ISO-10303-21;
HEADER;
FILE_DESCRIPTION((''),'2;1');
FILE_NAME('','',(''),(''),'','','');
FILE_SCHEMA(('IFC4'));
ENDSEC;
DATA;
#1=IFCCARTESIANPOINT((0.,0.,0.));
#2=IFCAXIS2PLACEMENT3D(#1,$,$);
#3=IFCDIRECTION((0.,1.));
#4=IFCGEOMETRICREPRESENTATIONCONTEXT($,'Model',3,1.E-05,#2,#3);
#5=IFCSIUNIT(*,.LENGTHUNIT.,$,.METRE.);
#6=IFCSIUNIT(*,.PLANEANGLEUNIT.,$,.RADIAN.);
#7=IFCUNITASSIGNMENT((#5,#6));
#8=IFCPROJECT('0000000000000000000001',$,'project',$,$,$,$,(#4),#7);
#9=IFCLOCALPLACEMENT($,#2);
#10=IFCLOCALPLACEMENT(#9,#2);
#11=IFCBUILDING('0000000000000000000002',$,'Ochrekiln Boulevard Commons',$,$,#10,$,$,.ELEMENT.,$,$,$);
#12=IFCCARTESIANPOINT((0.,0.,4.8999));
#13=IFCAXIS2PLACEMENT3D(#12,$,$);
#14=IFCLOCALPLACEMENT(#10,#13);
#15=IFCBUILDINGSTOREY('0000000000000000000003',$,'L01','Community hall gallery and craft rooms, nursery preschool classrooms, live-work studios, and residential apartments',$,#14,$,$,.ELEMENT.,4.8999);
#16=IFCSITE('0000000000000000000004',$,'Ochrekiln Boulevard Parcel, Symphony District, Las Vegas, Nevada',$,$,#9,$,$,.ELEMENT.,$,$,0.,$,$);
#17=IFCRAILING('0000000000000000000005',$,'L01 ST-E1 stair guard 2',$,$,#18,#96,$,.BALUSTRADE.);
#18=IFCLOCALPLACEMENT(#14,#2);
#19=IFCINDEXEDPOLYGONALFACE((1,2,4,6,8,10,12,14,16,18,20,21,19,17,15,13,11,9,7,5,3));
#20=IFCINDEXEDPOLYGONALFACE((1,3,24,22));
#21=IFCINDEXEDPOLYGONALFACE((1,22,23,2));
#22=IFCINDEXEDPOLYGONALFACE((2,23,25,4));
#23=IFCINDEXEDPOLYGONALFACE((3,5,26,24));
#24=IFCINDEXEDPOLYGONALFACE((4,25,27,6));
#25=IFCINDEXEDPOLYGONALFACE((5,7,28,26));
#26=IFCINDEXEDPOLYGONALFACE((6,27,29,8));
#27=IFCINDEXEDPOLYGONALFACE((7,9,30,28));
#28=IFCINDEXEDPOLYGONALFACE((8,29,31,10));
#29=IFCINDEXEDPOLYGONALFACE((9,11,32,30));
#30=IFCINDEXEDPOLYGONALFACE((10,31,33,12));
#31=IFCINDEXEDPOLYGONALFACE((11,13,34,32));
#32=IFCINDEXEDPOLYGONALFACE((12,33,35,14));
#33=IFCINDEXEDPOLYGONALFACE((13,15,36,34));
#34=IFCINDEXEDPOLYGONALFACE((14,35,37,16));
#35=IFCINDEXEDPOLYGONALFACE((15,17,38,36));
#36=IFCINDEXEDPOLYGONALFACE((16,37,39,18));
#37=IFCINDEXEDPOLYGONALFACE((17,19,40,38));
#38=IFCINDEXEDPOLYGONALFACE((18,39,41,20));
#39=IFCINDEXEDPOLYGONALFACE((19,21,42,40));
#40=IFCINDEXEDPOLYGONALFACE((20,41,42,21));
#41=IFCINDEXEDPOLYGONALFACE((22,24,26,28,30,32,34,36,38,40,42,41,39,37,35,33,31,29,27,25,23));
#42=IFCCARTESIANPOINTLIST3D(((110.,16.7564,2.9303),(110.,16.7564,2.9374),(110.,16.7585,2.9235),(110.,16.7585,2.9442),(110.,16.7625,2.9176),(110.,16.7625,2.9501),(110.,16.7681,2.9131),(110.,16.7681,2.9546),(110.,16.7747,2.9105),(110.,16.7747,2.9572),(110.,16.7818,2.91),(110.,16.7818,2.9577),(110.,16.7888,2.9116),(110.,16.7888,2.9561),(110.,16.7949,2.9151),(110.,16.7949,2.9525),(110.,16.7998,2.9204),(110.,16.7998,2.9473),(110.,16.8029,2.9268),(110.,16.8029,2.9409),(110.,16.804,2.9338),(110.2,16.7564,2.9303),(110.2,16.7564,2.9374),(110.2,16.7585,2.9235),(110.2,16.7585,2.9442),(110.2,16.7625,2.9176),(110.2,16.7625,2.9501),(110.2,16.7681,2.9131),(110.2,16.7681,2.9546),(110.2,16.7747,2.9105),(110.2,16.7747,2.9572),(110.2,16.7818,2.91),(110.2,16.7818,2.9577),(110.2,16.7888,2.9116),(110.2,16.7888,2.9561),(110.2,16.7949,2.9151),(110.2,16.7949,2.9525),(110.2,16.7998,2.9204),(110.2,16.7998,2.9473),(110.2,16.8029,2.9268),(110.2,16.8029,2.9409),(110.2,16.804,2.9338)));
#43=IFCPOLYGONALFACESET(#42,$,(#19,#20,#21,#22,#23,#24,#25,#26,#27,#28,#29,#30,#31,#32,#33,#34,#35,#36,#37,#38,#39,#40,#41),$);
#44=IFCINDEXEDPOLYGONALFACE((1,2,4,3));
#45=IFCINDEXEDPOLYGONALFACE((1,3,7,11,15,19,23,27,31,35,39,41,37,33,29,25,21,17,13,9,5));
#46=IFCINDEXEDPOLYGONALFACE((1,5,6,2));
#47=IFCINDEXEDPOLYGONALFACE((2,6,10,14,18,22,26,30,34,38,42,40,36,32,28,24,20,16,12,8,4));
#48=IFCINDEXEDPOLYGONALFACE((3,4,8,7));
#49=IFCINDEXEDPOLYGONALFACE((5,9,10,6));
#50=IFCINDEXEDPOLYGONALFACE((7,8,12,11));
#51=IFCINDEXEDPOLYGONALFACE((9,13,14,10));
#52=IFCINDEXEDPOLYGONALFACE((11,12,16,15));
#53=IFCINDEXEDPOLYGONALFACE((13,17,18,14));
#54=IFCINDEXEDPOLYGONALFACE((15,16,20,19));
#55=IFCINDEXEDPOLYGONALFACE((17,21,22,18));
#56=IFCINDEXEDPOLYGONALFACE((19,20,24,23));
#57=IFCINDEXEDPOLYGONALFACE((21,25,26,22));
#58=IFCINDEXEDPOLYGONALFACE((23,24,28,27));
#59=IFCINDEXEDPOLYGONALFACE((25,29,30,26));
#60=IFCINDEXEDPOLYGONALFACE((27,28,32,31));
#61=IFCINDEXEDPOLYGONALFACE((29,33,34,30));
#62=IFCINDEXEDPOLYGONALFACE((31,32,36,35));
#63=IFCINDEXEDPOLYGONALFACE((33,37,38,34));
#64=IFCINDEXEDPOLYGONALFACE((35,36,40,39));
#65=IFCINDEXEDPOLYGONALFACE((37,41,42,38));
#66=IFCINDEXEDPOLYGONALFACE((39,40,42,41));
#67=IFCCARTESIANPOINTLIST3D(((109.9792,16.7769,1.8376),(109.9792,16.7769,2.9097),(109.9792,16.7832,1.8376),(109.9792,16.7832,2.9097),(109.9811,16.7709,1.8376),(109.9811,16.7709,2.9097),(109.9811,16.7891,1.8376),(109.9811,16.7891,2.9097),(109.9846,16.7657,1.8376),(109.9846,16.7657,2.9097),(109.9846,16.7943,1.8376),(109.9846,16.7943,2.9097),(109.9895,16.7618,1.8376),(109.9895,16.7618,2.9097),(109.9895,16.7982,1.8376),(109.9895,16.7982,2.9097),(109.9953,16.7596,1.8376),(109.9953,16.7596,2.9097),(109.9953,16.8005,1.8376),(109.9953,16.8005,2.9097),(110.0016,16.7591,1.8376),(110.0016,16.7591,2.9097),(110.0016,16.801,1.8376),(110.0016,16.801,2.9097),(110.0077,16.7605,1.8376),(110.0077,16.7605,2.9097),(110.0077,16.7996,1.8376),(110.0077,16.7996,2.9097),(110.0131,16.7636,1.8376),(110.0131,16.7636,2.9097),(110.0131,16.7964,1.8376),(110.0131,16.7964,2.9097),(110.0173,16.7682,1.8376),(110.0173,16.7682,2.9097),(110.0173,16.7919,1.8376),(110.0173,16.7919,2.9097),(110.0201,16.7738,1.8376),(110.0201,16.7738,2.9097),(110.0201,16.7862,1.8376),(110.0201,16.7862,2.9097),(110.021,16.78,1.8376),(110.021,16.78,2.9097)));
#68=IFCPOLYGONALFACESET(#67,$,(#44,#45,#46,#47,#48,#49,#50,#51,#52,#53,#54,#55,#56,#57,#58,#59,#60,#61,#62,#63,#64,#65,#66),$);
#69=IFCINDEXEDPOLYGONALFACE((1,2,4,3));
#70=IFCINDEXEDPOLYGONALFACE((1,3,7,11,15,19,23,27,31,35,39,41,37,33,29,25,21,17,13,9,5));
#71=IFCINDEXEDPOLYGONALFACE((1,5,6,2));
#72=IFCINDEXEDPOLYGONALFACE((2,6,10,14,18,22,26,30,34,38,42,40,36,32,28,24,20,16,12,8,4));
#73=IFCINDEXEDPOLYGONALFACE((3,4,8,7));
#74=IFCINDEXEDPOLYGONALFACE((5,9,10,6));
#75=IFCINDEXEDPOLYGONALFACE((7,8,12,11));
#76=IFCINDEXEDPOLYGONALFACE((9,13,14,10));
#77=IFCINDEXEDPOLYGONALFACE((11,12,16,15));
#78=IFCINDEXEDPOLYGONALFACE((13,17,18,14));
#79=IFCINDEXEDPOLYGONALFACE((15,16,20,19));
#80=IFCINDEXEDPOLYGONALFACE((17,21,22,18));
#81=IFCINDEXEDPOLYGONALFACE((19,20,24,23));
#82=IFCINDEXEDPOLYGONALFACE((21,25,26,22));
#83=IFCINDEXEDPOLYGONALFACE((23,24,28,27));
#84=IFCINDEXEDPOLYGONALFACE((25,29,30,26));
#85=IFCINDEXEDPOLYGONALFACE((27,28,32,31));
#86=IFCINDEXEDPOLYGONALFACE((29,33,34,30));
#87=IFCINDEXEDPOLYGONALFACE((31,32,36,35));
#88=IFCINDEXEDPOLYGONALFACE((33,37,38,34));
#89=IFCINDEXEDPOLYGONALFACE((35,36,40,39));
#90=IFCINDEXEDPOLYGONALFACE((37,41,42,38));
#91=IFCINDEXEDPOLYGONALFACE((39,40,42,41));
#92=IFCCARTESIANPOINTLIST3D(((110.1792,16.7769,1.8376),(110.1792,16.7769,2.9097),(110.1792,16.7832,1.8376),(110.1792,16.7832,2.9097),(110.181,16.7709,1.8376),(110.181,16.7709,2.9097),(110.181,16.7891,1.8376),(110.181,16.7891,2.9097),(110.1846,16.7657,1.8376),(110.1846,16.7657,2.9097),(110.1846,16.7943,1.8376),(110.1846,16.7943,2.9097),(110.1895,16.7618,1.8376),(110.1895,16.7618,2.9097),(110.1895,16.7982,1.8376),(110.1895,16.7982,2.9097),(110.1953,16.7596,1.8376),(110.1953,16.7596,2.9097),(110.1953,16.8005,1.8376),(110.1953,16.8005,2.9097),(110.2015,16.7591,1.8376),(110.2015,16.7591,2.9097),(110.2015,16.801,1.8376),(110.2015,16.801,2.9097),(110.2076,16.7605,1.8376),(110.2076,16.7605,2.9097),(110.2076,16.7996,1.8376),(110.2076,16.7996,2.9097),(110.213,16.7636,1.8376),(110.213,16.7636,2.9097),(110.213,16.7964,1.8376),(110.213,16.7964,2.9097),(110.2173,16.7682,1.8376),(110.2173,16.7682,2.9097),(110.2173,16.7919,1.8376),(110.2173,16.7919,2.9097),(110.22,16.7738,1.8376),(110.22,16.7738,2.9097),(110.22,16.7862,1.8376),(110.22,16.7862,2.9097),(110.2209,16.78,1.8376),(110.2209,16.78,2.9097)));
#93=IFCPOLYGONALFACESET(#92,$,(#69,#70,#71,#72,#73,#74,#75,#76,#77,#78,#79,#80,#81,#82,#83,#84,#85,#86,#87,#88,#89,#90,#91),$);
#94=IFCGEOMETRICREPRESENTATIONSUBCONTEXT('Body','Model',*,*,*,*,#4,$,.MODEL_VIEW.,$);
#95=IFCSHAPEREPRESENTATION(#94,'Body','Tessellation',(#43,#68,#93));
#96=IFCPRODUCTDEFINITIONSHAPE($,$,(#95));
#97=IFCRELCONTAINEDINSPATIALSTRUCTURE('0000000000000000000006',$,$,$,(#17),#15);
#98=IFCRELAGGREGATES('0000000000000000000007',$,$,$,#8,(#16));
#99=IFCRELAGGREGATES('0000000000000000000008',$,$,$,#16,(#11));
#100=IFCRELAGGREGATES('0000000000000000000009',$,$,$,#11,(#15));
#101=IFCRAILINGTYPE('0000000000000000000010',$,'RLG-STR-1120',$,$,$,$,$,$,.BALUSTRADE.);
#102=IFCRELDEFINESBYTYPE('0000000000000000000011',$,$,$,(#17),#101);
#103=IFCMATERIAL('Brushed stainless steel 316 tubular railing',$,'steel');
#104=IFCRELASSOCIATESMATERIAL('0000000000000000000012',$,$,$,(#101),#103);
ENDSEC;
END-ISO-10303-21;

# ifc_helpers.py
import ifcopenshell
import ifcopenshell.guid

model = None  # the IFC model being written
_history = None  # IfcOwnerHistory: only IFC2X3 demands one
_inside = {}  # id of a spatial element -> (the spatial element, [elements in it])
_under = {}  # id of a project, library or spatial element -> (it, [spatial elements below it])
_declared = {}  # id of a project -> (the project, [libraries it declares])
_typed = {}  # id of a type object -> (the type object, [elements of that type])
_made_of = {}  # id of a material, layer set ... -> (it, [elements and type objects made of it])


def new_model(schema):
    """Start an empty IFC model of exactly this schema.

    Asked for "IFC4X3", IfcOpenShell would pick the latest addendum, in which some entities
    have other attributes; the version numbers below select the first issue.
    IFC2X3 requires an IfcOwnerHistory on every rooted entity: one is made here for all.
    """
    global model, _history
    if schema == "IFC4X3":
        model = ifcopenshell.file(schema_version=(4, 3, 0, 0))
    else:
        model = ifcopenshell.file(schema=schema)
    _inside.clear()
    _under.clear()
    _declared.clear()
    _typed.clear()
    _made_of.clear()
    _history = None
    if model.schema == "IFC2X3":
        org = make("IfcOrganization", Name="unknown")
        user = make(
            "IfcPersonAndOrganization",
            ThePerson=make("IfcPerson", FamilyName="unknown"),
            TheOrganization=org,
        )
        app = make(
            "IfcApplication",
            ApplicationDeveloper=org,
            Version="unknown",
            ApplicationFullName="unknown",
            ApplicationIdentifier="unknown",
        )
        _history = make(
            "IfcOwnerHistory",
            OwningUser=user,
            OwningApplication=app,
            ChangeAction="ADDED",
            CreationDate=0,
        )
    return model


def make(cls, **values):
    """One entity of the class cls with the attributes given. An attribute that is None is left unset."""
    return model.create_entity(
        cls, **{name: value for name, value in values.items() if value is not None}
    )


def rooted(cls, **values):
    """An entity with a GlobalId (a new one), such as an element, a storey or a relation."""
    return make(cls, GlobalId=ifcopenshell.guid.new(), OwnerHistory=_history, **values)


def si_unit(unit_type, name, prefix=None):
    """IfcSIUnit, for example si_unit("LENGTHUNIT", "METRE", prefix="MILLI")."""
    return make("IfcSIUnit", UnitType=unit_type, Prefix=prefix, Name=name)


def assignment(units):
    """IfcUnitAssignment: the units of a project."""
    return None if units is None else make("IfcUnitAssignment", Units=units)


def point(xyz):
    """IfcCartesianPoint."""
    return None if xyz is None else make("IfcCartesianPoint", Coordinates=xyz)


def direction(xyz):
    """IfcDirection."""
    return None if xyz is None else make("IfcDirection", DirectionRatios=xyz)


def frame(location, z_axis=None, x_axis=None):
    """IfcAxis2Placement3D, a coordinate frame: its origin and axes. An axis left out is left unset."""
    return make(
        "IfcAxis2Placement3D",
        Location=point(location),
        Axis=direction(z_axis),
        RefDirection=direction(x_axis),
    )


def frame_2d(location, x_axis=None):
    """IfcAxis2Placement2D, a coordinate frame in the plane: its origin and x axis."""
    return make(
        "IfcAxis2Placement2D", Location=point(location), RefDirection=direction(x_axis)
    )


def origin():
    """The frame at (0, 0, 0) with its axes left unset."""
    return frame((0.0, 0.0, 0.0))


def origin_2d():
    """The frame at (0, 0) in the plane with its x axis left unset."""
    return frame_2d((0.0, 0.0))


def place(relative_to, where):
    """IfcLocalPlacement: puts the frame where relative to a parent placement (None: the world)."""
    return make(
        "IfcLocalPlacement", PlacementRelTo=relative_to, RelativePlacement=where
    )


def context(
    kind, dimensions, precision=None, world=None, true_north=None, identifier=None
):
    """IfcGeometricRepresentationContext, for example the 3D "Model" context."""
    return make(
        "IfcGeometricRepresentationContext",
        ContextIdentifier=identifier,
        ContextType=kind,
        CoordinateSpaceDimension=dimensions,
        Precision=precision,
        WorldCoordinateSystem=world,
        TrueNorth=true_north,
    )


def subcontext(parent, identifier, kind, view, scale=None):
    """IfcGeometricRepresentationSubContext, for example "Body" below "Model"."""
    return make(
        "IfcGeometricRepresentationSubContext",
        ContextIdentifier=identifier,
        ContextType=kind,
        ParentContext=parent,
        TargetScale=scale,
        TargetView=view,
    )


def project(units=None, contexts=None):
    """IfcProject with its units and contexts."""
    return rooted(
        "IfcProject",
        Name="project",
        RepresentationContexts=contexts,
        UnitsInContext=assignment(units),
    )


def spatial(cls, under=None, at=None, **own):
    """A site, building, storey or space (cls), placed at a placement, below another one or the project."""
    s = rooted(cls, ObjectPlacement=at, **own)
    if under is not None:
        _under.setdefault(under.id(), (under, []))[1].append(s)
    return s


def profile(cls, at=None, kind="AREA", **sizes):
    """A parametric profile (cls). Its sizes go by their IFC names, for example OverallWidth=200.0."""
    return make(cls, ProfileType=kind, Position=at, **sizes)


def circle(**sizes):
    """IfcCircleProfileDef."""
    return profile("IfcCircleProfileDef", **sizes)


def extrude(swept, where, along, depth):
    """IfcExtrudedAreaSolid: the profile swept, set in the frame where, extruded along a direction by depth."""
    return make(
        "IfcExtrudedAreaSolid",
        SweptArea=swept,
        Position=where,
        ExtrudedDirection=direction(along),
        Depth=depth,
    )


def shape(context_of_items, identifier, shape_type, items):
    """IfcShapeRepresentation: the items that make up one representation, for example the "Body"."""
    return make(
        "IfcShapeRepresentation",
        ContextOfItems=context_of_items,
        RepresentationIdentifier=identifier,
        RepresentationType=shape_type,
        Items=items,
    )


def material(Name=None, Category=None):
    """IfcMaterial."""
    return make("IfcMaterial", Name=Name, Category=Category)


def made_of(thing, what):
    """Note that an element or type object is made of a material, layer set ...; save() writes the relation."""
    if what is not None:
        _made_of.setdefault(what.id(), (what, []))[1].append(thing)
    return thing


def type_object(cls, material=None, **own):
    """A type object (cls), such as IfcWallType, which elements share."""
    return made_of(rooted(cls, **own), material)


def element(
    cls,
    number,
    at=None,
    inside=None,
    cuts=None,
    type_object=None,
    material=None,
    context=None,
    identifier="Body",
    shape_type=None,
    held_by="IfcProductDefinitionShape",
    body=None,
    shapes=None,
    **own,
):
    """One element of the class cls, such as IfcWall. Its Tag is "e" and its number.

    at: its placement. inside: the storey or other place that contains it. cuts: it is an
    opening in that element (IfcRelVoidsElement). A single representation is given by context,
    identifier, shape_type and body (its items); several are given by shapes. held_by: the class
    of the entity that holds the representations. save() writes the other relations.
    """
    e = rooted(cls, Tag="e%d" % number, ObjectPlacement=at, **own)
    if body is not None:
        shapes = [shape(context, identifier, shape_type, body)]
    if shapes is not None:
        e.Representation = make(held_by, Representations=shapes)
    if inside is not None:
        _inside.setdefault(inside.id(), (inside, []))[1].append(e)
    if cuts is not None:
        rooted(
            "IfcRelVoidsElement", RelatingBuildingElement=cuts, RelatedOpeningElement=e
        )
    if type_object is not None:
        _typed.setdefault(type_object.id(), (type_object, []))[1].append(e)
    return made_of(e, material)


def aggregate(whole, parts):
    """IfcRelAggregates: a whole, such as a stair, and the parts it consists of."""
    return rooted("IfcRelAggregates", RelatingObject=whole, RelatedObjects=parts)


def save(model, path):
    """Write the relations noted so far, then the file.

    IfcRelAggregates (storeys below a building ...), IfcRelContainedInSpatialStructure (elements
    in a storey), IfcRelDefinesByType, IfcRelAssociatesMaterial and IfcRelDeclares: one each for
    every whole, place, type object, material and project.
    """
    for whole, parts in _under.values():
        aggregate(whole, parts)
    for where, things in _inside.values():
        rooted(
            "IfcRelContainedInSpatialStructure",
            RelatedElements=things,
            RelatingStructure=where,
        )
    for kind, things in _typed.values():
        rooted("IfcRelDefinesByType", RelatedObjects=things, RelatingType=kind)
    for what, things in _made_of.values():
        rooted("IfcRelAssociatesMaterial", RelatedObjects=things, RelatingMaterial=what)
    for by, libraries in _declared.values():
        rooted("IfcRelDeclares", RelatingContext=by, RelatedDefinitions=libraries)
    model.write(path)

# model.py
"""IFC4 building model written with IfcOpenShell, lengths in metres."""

from ifc_helpers import new_model, si_unit, direction, frame, origin, origin_2d, place, context, subcontext, project, spatial, circle, extrude, material, type_object, element, save


model = new_model("IFC4")

# Units and contexts
model_context = context("Model", 3, precision=1e-05, world=origin(), true_north=direction((0.0, 1.0)))
body_context = subcontext(model_context, "Body", "Model", "MODEL_VIEW")
ifc_project = project(units=[si_unit("LENGTHUNIT", "METRE"), si_unit("PLANEANGLEUNIT", "RADIAN")], contexts=[model_context])

# Site, building, storey
site_placement = place(None, origin())
site = spatial("IfcSite", under=ifc_project, at=site_placement, Name="Ochrekiln Boulevard Parcel, Symphony District, Las Vegas, Nevada", CompositionType="ELEMENT", RefElevation=0.0)
building_placement = place(site_placement, origin())
building = spatial("IfcBuilding", under=site, at=building_placement, Name="Ochrekiln Boulevard Commons", CompositionType="ELEMENT")
storey_placement = place(building_placement, frame((0.0, 0.0, 4.8999)))
storey = spatial("IfcBuildingStorey", under=building, at=storey_placement, Name="L01", Description="Community hall gallery and craft rooms, nursery preschool classrooms, live-work studios, and residential apartments", CompositionType="ELEMENT", Elevation=4.8999)

# Railing
ifc_material_1 = material(Name="Brushed stainless steel 316 tubular railing", Category="steel")
railing_type_1 = type_object("IfcRailingType", Name="RLG-STR-1120", PredefinedType="BALUSTRADE", material=ifc_material_1)
railing_1_placement = place(storey_placement, frame((110.0, 16.78, 1.8376)))
element("IfcRailing", 1, at=railing_1_placement, inside=storey, type_object=railing_type_1, Name="L01 ST-E1 stair guard 2", PredefinedType="BALUSTRADE", context=body_context, shape_type="SweptSolid", body=[
    extrude(circle(Radius=0.0239, at=origin_2d()), frame((0.0, 0.0, 1.0962), z_axis=(1.0, 0.0, 0.0), x_axis=(0.0, 1.0, 0.0)), (0.0, 0.0, 1.0), 0.2),
    extrude(circle(Radius=0.021, at=origin_2d()), origin(), (0.0, 0.0, 1.0), 1.072),
    extrude(circle(Radius=0.021, at=origin_2d()), frame((0.2, 0.0, 0.0)), (0.0, 0.0, 1.0), 1.072),
])

save(model, "model.ifc")
